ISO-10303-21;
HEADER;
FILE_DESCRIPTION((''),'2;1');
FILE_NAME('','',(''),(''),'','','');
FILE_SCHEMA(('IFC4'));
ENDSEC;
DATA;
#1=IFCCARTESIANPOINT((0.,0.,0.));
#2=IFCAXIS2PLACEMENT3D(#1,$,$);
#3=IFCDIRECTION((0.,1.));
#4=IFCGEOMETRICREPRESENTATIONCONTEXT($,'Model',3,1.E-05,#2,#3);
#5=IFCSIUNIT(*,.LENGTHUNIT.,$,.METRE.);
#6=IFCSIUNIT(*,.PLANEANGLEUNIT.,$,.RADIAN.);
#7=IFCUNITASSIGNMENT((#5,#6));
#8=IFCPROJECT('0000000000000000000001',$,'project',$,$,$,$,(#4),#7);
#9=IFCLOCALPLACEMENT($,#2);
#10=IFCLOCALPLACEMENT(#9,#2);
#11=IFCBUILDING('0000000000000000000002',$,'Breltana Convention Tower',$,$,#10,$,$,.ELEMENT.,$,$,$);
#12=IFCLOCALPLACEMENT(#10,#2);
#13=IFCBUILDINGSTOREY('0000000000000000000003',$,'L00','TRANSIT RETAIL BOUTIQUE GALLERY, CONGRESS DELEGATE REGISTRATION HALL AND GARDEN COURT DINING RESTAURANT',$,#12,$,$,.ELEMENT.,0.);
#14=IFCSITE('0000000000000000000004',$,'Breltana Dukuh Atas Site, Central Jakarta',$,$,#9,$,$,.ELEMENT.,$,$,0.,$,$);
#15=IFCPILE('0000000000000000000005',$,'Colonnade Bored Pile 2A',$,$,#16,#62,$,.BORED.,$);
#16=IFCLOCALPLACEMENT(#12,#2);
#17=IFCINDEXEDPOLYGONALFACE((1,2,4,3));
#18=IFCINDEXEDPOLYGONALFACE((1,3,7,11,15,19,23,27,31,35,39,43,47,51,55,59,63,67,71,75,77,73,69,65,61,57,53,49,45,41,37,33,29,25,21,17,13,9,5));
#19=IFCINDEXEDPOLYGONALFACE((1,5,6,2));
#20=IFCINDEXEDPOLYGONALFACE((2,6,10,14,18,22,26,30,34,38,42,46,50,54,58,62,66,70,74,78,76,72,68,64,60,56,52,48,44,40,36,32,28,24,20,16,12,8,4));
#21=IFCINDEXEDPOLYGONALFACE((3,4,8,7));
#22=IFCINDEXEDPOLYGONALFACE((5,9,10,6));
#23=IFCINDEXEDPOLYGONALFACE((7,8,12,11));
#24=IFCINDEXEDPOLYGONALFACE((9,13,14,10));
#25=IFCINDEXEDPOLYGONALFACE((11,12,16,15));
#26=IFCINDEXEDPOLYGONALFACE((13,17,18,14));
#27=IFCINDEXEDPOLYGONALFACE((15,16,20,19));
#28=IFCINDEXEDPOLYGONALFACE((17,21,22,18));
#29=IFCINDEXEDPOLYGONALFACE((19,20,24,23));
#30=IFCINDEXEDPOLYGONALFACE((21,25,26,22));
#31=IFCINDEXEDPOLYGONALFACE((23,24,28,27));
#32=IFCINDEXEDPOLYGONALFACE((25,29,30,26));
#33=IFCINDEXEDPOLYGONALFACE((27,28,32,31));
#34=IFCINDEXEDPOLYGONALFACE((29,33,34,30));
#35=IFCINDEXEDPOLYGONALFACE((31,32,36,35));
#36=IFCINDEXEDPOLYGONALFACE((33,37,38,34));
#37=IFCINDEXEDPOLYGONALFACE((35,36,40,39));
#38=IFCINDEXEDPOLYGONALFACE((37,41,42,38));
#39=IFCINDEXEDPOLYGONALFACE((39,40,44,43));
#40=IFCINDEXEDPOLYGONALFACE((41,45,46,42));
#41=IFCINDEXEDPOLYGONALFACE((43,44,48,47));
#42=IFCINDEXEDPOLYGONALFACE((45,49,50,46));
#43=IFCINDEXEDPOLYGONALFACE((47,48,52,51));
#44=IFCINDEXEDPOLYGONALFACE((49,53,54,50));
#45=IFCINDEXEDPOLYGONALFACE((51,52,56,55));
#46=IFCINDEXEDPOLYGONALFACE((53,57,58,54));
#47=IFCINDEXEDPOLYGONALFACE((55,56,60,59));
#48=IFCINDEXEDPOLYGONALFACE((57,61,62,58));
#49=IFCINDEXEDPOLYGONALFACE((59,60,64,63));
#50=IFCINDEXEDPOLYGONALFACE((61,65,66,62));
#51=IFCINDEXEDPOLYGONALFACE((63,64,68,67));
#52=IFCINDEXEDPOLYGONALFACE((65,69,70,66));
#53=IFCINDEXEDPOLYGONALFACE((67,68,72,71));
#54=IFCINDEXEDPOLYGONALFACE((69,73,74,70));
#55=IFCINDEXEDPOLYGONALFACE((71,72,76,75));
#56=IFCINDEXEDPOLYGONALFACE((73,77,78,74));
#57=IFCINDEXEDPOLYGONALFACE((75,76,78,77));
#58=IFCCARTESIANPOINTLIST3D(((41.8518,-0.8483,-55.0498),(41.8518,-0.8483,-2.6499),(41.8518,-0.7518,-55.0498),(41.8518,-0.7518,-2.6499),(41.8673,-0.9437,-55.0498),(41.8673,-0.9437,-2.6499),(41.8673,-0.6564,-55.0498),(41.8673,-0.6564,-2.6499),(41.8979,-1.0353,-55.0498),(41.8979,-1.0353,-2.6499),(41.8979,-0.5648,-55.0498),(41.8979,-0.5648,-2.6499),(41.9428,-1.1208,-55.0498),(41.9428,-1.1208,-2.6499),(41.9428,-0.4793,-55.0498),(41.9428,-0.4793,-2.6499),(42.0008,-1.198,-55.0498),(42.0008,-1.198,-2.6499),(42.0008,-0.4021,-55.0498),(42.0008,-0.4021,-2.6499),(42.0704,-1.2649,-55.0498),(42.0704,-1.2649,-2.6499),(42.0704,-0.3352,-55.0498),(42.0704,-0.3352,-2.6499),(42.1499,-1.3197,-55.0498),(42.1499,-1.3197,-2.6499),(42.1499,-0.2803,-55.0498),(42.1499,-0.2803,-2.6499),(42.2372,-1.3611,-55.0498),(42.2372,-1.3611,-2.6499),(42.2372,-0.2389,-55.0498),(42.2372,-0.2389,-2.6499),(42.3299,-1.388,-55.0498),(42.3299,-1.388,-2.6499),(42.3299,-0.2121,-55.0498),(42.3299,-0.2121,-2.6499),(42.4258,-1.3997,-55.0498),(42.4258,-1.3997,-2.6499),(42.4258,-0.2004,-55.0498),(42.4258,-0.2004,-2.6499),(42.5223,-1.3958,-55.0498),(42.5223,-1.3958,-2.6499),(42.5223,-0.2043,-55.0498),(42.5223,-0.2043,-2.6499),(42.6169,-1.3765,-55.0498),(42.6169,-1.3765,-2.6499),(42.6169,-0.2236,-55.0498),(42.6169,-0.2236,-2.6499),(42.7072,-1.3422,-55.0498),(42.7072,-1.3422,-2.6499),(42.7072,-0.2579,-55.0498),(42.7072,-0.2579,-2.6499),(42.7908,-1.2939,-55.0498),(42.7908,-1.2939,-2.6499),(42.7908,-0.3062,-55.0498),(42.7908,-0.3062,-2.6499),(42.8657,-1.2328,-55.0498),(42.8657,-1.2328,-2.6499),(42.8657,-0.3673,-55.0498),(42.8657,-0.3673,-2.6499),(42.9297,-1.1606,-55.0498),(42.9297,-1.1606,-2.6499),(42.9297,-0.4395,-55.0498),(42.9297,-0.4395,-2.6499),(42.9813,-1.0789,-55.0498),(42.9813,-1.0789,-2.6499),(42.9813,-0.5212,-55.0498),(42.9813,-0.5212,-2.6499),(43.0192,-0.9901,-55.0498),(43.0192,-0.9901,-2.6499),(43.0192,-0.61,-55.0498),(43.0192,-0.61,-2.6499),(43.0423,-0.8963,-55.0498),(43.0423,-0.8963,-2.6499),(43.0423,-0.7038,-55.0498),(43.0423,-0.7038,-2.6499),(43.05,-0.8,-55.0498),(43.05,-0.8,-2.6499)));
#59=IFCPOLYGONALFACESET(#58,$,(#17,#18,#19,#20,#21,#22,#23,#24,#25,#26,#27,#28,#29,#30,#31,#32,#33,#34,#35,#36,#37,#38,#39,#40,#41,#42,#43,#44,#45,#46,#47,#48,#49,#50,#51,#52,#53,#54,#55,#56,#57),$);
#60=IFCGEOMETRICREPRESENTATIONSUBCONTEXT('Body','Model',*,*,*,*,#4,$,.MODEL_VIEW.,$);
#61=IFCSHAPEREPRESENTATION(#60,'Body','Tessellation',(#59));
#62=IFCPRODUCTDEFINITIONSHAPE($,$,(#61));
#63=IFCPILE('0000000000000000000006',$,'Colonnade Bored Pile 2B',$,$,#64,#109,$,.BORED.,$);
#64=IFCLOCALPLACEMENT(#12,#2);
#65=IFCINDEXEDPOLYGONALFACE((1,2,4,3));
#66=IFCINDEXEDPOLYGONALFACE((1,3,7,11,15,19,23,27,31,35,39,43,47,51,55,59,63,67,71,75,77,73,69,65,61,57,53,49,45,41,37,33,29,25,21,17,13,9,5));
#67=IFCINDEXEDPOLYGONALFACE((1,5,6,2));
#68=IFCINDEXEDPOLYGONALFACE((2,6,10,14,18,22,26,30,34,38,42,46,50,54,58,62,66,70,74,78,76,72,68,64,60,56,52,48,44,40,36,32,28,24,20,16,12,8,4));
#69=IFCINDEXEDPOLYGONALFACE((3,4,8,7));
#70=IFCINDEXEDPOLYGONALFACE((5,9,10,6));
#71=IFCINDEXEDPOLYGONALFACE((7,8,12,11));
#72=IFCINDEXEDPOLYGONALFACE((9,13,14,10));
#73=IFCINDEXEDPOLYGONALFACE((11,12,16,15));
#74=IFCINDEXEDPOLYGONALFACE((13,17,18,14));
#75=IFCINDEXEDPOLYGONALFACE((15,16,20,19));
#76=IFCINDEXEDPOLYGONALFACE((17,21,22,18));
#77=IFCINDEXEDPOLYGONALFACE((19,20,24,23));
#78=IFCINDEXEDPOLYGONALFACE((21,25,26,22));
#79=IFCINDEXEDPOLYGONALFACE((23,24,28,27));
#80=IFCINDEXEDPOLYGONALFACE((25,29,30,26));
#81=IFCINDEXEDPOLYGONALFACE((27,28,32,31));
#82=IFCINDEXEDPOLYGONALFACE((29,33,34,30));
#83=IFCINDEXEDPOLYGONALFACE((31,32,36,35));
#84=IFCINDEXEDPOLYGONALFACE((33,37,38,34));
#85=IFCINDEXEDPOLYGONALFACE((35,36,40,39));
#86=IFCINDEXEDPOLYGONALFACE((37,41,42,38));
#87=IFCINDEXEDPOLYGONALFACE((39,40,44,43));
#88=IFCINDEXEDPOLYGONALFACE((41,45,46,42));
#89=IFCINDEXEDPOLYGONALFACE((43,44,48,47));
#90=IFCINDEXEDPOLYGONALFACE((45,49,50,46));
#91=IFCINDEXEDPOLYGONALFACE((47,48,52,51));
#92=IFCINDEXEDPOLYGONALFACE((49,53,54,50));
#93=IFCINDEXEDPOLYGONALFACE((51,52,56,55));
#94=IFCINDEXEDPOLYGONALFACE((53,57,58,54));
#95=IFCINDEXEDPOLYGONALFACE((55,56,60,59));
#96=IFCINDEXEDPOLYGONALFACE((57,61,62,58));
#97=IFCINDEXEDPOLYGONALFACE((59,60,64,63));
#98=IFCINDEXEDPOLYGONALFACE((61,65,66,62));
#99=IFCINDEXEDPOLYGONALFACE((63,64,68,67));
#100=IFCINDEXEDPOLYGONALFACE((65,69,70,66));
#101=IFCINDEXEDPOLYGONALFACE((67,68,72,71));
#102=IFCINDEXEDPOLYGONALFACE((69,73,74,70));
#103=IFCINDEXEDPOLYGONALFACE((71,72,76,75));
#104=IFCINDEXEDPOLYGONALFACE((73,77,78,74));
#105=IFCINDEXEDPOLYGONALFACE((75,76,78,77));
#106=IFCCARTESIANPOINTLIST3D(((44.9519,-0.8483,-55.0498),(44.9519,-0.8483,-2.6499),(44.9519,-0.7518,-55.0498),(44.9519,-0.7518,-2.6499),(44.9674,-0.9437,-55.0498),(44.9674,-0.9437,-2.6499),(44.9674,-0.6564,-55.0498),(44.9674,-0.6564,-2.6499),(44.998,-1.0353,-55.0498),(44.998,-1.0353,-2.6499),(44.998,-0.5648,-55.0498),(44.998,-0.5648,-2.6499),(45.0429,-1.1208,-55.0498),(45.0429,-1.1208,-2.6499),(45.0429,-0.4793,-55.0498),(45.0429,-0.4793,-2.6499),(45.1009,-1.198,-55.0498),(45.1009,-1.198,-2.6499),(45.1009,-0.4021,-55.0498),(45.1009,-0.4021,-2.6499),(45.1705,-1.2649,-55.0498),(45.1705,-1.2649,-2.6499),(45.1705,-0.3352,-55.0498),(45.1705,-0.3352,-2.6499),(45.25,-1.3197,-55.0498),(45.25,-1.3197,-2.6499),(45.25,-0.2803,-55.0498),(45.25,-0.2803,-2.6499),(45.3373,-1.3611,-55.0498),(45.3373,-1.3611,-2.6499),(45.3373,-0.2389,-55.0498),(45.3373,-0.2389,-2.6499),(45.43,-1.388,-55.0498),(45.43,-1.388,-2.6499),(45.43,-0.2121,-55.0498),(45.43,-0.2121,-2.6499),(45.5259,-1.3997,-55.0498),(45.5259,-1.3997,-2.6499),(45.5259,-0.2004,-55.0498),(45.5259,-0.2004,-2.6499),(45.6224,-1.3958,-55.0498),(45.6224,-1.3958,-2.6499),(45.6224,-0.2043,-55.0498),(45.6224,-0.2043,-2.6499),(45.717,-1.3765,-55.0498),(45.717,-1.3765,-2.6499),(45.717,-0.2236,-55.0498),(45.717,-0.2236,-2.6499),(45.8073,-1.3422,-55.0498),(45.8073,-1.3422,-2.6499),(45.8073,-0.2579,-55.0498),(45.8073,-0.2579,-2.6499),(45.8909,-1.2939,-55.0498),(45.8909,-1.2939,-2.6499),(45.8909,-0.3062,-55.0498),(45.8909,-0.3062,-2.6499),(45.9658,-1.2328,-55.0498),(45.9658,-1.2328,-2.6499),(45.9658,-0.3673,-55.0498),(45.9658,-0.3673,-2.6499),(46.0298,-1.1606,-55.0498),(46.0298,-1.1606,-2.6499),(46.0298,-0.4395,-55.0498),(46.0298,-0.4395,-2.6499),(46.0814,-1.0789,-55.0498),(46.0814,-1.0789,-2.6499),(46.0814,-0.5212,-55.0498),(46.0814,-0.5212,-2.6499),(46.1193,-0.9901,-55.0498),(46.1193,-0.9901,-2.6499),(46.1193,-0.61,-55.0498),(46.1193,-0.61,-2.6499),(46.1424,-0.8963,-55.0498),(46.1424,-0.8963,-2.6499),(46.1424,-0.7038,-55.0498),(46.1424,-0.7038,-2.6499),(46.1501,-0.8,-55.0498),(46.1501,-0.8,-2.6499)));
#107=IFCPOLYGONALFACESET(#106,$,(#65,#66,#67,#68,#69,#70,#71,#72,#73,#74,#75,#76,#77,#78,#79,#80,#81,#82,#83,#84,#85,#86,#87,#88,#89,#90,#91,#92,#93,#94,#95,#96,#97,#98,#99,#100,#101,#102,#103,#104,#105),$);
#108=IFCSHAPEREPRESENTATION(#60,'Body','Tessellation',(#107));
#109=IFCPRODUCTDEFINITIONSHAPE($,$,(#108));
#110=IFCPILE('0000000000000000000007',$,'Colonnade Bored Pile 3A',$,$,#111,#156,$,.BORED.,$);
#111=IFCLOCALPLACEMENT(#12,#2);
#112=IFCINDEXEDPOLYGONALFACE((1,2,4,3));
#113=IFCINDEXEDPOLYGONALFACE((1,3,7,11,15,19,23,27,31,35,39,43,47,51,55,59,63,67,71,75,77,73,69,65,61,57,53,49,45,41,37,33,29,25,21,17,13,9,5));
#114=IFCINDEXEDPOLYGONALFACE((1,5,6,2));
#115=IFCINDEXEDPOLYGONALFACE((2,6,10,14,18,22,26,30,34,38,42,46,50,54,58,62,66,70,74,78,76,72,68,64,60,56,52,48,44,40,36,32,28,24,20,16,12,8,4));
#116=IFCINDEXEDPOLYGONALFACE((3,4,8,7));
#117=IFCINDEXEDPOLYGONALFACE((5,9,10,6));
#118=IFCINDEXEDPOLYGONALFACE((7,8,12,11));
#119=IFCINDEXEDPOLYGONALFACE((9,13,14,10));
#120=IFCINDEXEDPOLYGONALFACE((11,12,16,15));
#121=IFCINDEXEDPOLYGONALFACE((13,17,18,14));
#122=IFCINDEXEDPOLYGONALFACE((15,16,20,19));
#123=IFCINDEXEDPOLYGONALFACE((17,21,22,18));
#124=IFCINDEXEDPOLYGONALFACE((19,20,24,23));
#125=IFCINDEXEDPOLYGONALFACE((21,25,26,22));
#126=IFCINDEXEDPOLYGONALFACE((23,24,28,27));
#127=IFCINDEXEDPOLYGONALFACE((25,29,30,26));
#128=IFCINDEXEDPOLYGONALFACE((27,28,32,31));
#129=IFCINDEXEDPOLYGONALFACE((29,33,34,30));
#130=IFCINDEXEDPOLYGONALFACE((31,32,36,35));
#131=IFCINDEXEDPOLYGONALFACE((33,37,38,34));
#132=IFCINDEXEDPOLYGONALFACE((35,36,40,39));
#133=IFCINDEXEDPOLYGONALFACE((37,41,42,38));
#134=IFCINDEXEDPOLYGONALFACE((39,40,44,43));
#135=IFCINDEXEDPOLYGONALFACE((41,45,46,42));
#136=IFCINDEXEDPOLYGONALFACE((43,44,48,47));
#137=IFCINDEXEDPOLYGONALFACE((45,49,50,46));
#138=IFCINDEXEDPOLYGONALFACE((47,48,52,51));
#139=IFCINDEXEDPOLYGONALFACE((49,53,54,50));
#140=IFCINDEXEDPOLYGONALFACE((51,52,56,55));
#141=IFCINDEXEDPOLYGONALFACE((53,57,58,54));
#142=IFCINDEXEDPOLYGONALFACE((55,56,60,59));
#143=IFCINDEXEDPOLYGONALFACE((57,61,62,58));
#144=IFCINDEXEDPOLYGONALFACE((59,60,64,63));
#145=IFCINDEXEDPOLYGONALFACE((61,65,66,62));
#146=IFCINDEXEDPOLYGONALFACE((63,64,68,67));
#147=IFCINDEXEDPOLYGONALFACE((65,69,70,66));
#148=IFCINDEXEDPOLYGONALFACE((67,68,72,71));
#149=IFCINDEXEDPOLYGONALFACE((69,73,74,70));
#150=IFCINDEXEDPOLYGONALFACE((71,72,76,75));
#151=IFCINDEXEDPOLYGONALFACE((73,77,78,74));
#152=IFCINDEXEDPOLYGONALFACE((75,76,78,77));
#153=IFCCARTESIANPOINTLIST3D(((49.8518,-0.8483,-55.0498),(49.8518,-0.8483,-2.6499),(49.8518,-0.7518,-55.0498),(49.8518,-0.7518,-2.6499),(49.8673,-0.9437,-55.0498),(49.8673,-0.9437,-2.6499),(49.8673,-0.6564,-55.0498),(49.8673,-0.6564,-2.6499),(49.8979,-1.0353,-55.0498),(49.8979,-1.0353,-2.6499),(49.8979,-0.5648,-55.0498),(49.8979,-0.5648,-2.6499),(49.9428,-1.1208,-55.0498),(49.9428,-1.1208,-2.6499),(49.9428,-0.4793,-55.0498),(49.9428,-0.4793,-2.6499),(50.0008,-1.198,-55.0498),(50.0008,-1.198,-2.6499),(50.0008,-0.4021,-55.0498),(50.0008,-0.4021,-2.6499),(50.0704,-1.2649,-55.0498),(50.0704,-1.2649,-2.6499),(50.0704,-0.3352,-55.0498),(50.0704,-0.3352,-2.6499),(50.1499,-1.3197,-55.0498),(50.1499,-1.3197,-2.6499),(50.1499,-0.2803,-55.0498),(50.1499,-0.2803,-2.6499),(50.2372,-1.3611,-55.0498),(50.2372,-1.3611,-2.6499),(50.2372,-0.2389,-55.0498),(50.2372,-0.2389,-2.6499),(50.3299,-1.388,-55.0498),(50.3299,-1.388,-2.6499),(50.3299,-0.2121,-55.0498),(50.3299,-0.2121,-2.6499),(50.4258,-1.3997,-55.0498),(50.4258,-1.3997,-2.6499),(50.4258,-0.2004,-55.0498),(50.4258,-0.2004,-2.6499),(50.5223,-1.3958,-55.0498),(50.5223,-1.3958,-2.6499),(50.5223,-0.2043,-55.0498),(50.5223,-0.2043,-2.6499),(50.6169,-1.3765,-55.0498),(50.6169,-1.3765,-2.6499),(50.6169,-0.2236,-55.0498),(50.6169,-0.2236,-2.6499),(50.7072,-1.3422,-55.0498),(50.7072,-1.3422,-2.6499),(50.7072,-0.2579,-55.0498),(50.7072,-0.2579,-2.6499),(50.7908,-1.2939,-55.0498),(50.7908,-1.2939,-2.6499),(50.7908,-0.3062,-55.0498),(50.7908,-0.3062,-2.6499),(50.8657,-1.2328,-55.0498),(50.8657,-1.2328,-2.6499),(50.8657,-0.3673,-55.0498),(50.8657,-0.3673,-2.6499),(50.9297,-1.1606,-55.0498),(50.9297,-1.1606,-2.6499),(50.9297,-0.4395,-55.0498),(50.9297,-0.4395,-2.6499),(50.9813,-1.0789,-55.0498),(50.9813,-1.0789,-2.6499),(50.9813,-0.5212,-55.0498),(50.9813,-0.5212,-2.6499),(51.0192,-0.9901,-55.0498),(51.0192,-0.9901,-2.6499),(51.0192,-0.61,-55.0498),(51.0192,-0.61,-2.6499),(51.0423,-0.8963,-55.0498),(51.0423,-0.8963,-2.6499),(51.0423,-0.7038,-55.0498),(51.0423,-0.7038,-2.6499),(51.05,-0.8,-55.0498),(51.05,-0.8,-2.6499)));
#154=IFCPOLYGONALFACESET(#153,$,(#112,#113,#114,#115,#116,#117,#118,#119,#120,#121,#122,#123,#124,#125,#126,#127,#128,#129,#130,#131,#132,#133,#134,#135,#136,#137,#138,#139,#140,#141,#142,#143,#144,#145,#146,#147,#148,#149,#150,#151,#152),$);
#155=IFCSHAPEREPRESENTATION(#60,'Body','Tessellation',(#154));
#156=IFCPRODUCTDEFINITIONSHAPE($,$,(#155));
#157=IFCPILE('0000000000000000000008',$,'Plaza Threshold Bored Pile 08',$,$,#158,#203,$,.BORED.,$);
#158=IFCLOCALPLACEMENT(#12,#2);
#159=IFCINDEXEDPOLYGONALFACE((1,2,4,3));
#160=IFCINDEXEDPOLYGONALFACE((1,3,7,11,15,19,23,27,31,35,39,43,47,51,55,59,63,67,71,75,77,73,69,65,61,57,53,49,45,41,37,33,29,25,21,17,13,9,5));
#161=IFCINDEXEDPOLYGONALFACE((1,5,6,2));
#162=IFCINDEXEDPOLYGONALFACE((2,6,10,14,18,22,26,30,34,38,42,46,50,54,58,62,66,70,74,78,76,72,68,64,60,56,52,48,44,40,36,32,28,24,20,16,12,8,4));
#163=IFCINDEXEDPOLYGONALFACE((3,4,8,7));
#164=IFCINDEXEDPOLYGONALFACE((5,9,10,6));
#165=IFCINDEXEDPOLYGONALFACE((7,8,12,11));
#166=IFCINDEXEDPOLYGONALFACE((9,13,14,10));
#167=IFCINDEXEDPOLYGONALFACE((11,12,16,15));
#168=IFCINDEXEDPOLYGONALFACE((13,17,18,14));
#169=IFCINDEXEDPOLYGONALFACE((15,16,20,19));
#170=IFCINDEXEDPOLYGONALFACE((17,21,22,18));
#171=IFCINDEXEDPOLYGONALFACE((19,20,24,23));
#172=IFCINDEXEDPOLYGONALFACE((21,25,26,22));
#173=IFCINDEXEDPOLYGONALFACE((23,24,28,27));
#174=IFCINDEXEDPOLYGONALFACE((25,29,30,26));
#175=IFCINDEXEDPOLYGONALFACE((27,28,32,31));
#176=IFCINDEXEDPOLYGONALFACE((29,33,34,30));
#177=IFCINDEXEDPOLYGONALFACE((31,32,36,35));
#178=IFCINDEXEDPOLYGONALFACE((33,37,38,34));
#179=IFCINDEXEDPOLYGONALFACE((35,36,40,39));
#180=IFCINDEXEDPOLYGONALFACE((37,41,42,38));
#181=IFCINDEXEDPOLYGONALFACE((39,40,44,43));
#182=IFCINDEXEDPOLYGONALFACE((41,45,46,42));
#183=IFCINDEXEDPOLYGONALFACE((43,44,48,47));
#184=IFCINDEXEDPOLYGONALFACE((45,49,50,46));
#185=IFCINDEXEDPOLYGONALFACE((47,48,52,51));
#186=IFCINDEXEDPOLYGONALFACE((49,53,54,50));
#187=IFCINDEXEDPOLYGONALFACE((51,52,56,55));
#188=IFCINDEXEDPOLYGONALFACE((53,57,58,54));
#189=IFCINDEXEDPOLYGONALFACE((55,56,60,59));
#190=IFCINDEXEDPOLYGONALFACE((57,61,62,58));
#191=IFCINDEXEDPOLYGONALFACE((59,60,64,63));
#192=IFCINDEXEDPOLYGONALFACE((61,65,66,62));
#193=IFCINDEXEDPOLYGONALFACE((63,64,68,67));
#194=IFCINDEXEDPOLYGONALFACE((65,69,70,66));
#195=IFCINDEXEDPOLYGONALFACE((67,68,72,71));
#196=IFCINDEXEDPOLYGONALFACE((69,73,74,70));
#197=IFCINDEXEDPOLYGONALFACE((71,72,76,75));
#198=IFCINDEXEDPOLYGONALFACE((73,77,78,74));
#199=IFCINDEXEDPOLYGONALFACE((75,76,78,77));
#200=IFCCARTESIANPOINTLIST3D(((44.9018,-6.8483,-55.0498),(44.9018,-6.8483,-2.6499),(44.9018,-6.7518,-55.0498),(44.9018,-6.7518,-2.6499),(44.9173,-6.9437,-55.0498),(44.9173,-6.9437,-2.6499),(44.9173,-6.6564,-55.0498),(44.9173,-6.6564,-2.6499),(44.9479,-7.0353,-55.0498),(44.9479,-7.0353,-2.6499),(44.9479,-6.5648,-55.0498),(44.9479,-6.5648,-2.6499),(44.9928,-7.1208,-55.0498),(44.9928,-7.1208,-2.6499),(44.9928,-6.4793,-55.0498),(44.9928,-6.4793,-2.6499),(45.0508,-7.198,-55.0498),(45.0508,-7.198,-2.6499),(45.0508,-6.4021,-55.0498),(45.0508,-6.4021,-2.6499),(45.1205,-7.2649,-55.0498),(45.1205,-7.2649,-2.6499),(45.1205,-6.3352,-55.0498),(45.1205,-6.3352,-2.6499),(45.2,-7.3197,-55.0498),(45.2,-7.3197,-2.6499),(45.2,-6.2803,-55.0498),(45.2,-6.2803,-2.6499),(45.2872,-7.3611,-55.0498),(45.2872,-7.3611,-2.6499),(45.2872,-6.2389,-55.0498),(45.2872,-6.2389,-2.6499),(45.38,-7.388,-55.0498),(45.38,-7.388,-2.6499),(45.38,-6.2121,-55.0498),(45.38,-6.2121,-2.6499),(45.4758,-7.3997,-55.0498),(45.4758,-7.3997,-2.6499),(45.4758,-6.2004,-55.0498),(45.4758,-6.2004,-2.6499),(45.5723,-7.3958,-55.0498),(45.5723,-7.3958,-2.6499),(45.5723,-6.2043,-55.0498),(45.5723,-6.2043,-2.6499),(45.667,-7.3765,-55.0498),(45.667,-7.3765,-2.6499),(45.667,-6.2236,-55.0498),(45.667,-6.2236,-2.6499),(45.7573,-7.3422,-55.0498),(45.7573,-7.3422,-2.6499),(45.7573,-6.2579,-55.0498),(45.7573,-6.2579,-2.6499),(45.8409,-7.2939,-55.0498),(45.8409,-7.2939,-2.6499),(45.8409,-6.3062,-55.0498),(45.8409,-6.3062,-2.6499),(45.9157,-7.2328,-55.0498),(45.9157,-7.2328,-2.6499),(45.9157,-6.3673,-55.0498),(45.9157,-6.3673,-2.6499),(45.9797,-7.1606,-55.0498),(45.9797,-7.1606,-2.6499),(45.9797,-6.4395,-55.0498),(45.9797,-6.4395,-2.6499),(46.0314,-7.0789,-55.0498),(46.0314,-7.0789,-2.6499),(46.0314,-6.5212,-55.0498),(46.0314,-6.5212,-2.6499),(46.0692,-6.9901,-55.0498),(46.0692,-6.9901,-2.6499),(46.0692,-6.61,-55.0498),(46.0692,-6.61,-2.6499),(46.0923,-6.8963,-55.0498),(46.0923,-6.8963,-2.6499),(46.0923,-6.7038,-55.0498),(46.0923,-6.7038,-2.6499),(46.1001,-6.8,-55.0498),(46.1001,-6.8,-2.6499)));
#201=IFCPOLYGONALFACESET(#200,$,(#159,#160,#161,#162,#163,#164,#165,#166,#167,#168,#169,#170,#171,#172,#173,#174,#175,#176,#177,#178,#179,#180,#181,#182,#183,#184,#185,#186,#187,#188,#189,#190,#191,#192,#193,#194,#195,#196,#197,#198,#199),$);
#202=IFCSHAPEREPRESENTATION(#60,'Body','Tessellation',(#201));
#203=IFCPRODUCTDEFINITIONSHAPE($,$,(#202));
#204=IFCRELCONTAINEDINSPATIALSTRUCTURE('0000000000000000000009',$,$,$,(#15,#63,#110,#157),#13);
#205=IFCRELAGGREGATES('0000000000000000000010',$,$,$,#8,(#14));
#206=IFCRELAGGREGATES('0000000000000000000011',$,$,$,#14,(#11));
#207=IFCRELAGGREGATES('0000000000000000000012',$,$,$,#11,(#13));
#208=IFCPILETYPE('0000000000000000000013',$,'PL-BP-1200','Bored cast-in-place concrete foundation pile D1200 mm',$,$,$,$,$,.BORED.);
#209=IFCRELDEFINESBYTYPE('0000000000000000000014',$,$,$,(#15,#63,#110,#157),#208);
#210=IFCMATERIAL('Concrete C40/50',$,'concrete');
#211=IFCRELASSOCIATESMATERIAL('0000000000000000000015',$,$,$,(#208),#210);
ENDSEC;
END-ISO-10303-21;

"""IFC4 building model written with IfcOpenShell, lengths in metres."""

from ifc_helpers import new_model, si_unit, direction, frame, origin, origin_2d, place, context, subcontext, project, spatial, circle, extrude, source, transform, mapped, material, material_profile, profile_set, type_object, element, save


model = new_model("IFC4")

# Units and contexts
model_context = context("Model", 3, precision=1e-05, world=origin(), true_north=direction((0.0, 1.0)))
body_context = subcontext(model_context, "Body", "Model", "MODEL_VIEW")
ifc_project = project(units=[si_unit("LENGTHUNIT", "METRE"), si_unit("PLANEANGLEUNIT", "RADIAN")], contexts=[model_context])

# Site, building, storey
site_placement = place(None, origin())
site = spatial("IfcSite", under=ifc_project, at=site_placement, Name="Breltana Dukuh Atas Site, Central Jakarta", CompositionType="ELEMENT", RefElevation=0.0)
building_placement = place(site_placement, origin())
building = spatial("IfcBuilding", under=site, at=building_placement, Name="Breltana Convention Tower", CompositionType="ELEMENT")
storey_placement = place(building_placement, origin())
storey = spatial("IfcBuildingStorey", under=building, at=storey_placement, Name="L00", Description="TRANSIT RETAIL BOUTIQUE GALLERY, CONGRESS DELEGATE REGISTRATION HALL AND GARDEN COURT DINING RESTAURANT", CompositionType="ELEMENT", Elevation=0.0)

# Piles
ifc_material_1 = material(Name="Concrete C40/50", Category="concrete")
ifc_material_profile_1 = material_profile(ifc_material_1, circle(Radius=0.6001, at=origin_2d()), Name="BP-D1200")
ifc_profile_set_1 = profile_set([ifc_material_profile_1], Name="Concrete C40/50")
pile_type = type_object("IfcPileType", Name="PL-BP-1200", Description="Bored cast-in-place concrete foundation pile D1200 mm", PredefinedType="BORED", material=ifc_profile_set_1)
shared_shape_1 = source(origin(), body_context, "Body", "SweptSolid", [
    extrude(circle(Radius=0.6001, at=origin_2d()), origin(), (0.0, 0.0, 1.0), 52.3999),
])
for number, where, z_axis, x_axis, name in (
    (1, (42.45, -0.8, -2.6499), (0.0, 0.0, -1.0), (1.0, 0.0, 0.0), "Colonnade Bored Pile 2A"),
    (2, (45.55, -0.8, -2.6499), (0.0, 0.0, -1.0), (1.0, 0.0, 0.0), "Colonnade Bored Pile 2B"),
    (3, (50.45, -0.8, -2.6499), (0.0, 0.0, -1.0), (1.0, 0.0, 0.0), "Colonnade Bored Pile 3A"),
    (4, (45.5, -6.8, -2.6499), (0.0, 0.0, -1.0), (1.0, 0.0, 0.0), "Plaza Threshold Bored Pile 08"),
):
    element("IfcPile", number, at=place(storey_placement, frame(where, z_axis=z_axis, x_axis=x_axis)), inside=storey, type_object=pile_type, Name=name, PredefinedType="BORED", context=body_context, shape_type="MappedRepresentation", body=[
        mapped(shared_shape_1, transform((0.0, 0.0, 0.0), scale=1.0)),
    ])

save(model, "model.ifc")
